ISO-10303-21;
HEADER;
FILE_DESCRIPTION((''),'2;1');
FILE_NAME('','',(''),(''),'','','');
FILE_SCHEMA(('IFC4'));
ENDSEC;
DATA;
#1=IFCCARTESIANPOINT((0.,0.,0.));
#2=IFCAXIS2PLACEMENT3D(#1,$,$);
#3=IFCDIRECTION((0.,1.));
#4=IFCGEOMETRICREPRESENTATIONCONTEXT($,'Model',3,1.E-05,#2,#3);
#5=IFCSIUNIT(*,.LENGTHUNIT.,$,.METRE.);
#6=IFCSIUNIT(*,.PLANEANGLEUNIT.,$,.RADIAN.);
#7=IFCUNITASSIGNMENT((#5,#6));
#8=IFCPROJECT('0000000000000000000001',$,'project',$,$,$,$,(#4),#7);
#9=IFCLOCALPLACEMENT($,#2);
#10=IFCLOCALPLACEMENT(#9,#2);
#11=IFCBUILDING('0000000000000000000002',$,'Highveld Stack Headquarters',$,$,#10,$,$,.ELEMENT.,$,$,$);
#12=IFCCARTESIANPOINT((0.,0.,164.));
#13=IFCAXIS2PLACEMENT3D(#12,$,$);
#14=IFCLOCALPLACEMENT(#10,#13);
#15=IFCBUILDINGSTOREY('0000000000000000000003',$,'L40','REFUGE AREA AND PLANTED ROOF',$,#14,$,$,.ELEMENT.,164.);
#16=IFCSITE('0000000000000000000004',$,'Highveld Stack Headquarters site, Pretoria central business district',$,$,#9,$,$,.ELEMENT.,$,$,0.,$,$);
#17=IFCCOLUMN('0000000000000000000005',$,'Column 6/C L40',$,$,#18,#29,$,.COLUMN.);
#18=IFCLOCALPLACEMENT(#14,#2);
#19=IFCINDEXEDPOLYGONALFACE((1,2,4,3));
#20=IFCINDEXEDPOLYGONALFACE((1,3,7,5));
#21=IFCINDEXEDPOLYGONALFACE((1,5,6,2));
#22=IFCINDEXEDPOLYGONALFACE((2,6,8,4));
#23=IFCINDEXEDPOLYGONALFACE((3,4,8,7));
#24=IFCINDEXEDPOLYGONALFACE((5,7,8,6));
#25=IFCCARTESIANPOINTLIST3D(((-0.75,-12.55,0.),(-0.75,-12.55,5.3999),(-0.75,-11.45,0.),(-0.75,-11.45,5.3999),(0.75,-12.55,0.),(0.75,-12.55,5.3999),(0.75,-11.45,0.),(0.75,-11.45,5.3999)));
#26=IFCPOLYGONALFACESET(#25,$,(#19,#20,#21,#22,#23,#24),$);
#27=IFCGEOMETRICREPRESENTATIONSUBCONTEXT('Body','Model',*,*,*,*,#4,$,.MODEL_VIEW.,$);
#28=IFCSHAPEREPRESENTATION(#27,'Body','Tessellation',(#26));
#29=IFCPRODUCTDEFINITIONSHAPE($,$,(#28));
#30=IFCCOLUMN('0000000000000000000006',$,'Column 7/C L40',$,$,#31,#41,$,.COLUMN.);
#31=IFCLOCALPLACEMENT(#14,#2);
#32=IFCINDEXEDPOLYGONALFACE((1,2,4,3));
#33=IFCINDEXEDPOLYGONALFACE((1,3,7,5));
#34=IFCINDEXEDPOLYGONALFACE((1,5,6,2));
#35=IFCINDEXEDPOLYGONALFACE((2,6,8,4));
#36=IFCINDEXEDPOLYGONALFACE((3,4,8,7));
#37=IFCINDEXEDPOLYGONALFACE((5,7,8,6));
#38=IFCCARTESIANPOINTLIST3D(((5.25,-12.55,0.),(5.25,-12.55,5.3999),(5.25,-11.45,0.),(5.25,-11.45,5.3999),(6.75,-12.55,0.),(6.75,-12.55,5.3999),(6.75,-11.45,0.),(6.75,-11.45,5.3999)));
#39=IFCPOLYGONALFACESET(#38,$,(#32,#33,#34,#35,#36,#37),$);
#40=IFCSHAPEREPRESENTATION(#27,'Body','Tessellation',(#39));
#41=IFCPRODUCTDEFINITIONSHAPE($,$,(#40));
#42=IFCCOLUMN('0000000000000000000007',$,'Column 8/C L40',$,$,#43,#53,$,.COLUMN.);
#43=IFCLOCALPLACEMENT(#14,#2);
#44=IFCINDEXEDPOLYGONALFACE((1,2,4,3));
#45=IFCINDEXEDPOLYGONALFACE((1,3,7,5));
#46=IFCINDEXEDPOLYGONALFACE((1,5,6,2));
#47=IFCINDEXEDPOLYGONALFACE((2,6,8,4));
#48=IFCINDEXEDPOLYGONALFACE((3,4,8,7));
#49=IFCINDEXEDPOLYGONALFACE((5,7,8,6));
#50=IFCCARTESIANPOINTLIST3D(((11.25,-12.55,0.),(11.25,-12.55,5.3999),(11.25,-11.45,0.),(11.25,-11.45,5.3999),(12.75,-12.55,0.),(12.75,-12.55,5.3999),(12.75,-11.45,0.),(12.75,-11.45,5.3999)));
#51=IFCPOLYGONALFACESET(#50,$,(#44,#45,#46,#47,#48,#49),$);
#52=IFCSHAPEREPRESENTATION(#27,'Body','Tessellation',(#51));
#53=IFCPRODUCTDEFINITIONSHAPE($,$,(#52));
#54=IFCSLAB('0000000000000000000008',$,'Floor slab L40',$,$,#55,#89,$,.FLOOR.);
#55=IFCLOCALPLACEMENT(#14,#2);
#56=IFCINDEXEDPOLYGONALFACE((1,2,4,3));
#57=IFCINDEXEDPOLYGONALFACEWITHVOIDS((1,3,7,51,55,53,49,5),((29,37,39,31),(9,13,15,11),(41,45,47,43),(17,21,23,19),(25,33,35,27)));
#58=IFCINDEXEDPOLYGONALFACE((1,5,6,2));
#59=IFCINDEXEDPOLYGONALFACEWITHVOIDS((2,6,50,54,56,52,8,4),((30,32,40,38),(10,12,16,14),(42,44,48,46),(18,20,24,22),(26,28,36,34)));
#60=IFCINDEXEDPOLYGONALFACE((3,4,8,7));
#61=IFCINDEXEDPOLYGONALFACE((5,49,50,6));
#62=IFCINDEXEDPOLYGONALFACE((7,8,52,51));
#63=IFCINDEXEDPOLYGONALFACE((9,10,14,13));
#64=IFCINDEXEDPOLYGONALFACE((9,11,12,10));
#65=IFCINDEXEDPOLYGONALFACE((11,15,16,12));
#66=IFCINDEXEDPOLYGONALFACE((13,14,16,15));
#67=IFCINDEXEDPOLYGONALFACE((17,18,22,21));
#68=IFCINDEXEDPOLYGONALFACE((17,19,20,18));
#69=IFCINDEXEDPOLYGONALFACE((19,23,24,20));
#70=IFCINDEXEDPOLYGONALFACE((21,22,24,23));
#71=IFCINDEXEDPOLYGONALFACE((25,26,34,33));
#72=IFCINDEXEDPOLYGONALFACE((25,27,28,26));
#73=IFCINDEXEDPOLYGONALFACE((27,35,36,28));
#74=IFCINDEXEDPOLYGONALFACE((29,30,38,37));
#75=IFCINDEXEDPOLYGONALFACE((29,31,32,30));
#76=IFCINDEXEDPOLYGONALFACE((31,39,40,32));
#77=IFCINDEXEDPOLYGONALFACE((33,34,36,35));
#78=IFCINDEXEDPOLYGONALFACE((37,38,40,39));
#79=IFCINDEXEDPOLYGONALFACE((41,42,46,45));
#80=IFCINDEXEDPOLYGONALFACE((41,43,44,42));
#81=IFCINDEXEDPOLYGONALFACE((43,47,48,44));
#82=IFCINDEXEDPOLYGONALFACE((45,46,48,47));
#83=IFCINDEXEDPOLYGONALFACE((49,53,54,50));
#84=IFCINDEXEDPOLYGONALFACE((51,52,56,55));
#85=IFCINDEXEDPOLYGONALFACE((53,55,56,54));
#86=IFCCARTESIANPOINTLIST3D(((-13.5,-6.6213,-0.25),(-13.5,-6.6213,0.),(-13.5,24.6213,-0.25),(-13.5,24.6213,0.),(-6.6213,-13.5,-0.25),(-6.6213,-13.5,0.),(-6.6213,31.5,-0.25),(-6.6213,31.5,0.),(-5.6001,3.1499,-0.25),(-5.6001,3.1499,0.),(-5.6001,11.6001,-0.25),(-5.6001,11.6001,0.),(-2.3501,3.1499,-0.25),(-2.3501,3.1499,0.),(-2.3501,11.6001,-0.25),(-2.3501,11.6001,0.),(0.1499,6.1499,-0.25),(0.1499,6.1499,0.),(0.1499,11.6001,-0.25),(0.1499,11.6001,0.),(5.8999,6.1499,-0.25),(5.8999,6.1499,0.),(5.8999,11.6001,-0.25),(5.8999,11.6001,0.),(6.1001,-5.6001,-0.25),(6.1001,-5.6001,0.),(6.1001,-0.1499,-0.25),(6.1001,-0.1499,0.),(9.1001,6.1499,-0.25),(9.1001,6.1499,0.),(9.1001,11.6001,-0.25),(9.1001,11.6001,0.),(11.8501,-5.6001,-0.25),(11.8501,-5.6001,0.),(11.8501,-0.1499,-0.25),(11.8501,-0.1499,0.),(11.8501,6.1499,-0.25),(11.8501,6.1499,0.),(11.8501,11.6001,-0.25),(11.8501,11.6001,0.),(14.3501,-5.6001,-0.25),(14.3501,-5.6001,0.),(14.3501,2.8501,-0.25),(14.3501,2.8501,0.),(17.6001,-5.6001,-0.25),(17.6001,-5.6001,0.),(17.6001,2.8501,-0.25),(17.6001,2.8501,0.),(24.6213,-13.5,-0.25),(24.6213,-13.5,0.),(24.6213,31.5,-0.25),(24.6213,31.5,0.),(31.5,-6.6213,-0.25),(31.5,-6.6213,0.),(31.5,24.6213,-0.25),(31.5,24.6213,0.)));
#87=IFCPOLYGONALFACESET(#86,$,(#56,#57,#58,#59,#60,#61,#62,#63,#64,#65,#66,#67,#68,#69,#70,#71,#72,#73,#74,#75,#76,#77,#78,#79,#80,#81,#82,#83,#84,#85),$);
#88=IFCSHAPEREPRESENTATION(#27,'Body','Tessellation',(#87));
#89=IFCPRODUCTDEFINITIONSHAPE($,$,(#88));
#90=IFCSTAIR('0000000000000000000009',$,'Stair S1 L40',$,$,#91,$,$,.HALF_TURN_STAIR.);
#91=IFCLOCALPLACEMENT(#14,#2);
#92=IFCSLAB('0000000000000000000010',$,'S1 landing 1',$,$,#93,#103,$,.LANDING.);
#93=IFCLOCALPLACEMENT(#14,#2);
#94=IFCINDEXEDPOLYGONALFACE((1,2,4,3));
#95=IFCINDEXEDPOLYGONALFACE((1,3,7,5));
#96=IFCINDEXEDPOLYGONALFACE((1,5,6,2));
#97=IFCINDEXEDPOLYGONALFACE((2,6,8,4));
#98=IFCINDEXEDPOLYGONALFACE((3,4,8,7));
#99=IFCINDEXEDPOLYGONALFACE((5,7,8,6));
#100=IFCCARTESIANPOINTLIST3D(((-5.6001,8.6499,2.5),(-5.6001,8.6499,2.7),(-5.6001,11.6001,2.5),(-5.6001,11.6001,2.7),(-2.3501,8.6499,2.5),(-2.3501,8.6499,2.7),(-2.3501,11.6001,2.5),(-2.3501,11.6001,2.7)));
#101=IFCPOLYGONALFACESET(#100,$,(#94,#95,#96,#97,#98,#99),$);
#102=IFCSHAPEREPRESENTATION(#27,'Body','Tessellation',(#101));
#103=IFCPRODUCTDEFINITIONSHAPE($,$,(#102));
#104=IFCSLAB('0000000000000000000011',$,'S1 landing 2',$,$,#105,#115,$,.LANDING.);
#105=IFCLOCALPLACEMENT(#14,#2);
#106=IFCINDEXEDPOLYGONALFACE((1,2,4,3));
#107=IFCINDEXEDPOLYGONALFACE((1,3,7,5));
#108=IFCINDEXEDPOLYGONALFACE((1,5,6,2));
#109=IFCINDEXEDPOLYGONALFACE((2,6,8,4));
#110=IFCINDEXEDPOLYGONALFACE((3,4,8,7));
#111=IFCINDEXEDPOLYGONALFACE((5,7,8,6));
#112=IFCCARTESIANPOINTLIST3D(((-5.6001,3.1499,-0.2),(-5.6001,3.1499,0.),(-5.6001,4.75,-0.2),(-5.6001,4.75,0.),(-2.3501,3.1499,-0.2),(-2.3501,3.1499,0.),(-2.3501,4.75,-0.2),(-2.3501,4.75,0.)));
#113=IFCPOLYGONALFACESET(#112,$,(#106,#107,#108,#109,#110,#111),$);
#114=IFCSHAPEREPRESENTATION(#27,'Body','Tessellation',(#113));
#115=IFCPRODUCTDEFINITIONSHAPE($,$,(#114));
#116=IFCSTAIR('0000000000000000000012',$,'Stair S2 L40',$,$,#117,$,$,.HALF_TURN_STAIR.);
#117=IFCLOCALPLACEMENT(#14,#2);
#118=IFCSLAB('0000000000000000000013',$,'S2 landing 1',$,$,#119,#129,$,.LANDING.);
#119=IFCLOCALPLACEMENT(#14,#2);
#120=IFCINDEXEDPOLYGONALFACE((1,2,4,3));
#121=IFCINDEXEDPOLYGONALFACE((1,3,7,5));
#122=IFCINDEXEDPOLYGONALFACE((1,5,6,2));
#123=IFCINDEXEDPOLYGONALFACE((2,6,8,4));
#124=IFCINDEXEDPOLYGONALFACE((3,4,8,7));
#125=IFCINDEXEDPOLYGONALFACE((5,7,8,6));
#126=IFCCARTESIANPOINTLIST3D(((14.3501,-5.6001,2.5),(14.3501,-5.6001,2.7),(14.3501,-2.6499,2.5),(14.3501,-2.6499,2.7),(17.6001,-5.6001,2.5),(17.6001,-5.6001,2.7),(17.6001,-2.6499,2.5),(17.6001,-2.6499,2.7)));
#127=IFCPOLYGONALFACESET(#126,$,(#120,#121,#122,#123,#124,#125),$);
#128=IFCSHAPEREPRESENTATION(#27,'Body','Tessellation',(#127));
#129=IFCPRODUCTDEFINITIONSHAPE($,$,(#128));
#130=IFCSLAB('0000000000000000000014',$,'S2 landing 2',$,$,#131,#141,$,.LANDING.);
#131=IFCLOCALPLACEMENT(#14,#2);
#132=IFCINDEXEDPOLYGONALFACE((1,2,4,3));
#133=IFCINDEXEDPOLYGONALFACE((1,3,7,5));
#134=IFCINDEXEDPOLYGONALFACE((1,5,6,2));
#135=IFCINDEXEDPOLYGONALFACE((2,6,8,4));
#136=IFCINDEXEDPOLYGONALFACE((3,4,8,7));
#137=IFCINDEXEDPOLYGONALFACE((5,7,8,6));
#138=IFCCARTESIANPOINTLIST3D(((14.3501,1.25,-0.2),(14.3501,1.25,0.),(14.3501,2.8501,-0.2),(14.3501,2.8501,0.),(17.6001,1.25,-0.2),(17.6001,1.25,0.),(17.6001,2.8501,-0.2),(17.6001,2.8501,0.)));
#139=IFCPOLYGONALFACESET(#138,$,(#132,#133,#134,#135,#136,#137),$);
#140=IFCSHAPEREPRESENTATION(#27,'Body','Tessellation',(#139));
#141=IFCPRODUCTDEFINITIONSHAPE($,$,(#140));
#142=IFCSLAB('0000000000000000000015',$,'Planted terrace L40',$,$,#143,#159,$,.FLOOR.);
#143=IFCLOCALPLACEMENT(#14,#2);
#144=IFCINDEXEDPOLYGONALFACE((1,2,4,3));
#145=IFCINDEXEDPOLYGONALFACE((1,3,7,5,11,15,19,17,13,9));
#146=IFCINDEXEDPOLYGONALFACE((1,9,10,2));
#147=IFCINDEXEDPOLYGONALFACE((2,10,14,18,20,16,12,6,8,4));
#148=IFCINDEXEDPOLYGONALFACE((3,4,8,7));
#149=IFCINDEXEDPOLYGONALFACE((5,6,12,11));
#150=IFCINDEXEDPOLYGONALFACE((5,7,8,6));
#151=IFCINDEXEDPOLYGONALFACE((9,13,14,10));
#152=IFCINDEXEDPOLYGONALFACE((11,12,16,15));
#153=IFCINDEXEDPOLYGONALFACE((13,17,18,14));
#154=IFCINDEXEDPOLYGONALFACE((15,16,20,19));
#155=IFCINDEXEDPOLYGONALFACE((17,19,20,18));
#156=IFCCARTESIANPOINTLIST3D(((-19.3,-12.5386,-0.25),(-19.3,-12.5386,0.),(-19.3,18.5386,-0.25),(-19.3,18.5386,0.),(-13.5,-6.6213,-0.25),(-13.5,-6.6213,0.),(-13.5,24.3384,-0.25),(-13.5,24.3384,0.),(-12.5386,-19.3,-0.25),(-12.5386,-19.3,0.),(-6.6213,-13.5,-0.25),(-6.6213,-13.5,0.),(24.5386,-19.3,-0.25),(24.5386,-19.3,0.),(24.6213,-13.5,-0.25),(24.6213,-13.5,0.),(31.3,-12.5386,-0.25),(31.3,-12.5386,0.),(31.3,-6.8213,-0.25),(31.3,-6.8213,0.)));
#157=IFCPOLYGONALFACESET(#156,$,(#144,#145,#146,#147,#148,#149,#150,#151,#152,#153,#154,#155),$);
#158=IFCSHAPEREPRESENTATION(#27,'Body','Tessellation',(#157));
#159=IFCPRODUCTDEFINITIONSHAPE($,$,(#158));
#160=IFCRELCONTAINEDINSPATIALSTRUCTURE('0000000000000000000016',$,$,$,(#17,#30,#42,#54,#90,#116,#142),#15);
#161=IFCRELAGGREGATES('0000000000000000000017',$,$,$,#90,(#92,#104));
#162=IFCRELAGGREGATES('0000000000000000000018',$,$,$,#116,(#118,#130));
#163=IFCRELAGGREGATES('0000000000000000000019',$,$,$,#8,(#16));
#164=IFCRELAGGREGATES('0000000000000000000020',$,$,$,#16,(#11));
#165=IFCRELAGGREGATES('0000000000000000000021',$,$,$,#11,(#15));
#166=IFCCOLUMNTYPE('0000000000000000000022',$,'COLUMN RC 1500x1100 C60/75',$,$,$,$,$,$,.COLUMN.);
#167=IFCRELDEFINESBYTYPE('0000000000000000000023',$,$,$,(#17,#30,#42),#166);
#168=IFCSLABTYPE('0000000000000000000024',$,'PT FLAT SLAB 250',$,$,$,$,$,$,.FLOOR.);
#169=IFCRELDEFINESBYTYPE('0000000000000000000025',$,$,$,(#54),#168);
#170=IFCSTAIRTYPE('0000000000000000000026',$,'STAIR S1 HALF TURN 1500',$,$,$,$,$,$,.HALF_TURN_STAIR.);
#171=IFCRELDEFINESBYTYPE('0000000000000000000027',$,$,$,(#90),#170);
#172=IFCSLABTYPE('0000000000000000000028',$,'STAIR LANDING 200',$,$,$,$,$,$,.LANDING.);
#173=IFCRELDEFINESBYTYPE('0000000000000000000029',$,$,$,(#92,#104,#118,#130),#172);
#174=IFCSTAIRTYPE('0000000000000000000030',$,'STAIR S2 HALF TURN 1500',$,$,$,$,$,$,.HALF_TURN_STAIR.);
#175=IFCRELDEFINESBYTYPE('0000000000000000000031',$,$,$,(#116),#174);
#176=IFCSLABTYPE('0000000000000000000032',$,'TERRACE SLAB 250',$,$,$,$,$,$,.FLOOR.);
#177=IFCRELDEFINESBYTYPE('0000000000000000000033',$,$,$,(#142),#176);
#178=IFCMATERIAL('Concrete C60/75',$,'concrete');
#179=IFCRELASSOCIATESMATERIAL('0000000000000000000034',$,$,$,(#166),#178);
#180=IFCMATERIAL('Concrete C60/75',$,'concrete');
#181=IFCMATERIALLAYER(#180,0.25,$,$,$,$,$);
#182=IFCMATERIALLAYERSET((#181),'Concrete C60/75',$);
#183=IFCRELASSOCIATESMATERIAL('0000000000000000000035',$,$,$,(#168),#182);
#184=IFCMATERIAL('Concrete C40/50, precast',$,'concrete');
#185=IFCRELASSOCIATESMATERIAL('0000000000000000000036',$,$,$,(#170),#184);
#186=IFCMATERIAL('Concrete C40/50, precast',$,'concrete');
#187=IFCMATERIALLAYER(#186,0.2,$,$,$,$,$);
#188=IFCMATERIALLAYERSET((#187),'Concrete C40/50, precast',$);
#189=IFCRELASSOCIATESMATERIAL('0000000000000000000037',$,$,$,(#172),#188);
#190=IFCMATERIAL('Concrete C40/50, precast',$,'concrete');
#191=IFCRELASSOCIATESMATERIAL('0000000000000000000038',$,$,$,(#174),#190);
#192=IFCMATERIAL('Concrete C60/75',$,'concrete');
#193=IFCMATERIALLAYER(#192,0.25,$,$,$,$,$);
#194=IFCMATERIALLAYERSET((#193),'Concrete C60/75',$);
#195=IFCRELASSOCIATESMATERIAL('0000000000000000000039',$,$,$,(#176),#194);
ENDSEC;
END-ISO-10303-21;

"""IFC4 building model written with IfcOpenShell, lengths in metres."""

from ifc_helpers import new_model, si_unit, direction, frame, origin, origin_2d, place, context, subcontext, project, spatial, polyline, rectangle, outline, extrude, material, layer, layer_set, material_profile, profile_set, type_object, element, aggregate, save


model = new_model("IFC4")

# Units and contexts
model_context = context("Model", 3, precision=1e-05, world=origin(), true_north=direction((0.0, 1.0)))
body_context = subcontext(model_context, "Body", "Model", "MODEL_VIEW")
ifc_project = project(units=[si_unit("LENGTHUNIT", "METRE"), si_unit("PLANEANGLEUNIT", "RADIAN")], contexts=[model_context])

# Site, building, storey
site_placement = place(None, origin())
site = spatial("IfcSite", under=ifc_project, at=site_placement, Name="Highveld Stack Headquarters site, Pretoria central business district", CompositionType="ELEMENT", RefElevation=0.0)
building_placement = place(site_placement, origin())
building = spatial("IfcBuilding", under=site, at=building_placement, Name="Highveld Stack Headquarters", CompositionType="ELEMENT")
storey_placement = place(building_placement, frame((0.0, 0.0, 164.0)))
storey = spatial("IfcBuildingStorey", under=building, at=storey_placement, Name="L40", Description="REFUGE AREA AND PLANTED ROOF", CompositionType="ELEMENT", Elevation=164.0)

# Columns
ifc_material_1 = material(Name="Concrete C60/75", Category="concrete")
ifc_material_profile = material_profile(ifc_material_1, rectangle(XDim=1.5, YDim=1.1001, at=origin_2d()), Name="RC 1500x1100")
ifc_profile_set = profile_set([ifc_material_profile], Name="Concrete C60/75")
column_type = type_object("IfcColumnType", Name="COLUMN RC 1500x1100 C60/75", PredefinedType="COLUMN", material=ifc_profile_set)
for number, where, z_axis, x_axis, name in (
    (1, (0.0, -12.0, 0.0), (0.0, 0.0, 1.0), (1.0, 0.0, 0.0), "Column 6/C L40"),
    (2, (6.0, -12.0, 0.0), (0.0, 0.0, 1.0), (1.0, 0.0, 0.0), "Column 7/C L40"),
    (3, (12.0, -12.0, 0.0), (0.0, 0.0, 1.0), (1.0, 0.0, 0.0), "Column 8/C L40"),
):
    element("IfcColumn", number, at=place(storey_placement, frame(where, z_axis=z_axis, x_axis=x_axis)), inside=storey, type_object=column_type, Name=name, PredefinedType="COLUMN", context=body_context, shape_type="SweptSolid", body=[
        extrude(rectangle(XDim=1.5, YDim=1.1001, at=origin_2d()), origin(), (0.0, 0.0, 1.0), 5.3999),
    ])

# Slab
ifc_material_2 = material(Name="Concrete C60/75", Category="concrete")
ifc_layer_1 = layer(ifc_material_2, 0.25)
ifc_layer_set_1 = layer_set([ifc_layer_1], Name="Concrete C60/75")
slab_type_1 = type_object("IfcSlabType", Name="PT FLAT SLAB 250", PredefinedType="FLOOR", material=ifc_layer_set_1)
slab_1_placement = place(storey_placement, frame((0.0, 0.0, -0.25)))
element("IfcSlab", 4, at=slab_1_placement, inside=storey, type_object=slab_type_1, Name="Floor slab L40", PredefinedType="FLOOR", context=body_context, shape_type="SweptSolid", body=[
    extrude(outline(polyline([(-6.6213, -13.5), (24.6213, -13.5), (31.5, -6.6213), (31.5, 24.6213), (24.6213, 31.5), (-6.6213, 31.5), (-13.5, 24.6213), (-13.5, -6.6213), (-6.6213, -13.5)]), holes=[polyline([(0.1499, 6.1499), (5.8999, 6.1499), (5.8999, 11.6001), (0.1499, 11.6001), (0.1499, 6.1499)]), polyline([(9.1001, 6.1499), (11.8501, 6.1499), (11.8501, 11.6001), (9.1001, 11.6001), (9.1001, 6.1499)]), polyline([(6.1001, -5.6001), (11.8501, -5.6001), (11.8501, -0.1499), (6.1001, -0.1499), (6.1001, -5.6001)]), polyline([(-5.6001, 3.1499), (-2.3501, 3.1499), (-2.3501, 11.6001), (-5.6001, 11.6001), (-5.6001, 3.1499)]), polyline([(14.3501, -5.6001), (17.6001, -5.6001), (17.6001, 2.8501), (14.3501, 2.8501), (14.3501, -5.6001)])]), origin(), (0.0, 0.0, 1.0), 0.25),
])

# Stairs, slabs
ifc_material_3 = material(Name="Concrete C40/50, precast", Category="concrete")
stair_type_1 = type_object("IfcStairType", Name="STAIR S1 HALF TURN 1500", PredefinedType="HALF_TURN_STAIR", material=ifc_material_3)
stair_1_placement = place(storey_placement, origin())
stair_1 = element("IfcStair", 5, at=stair_1_placement, inside=storey, type_object=stair_type_1, Name="Stair S1 L40", PredefinedType="HALF_TURN_STAIR")
ifc_material_4 = material(Name="Concrete C40/50, precast", Category="concrete")
ifc_layer_2 = layer(ifc_material_4, 0.2)
ifc_layer_set_2 = layer_set([ifc_layer_2], Name="Concrete C40/50, precast")
slab_type_2 = type_object("IfcSlabType", Name="STAIR LANDING 200", PredefinedType="LANDING", material=ifc_layer_set_2)
slab_2_placement = place(storey_placement, frame((0.0, 0.0, 2.5)))
slab_2 = element("IfcSlab", 6, at=slab_2_placement, type_object=slab_type_2, Name="S1 landing 1", PredefinedType="LANDING", context=body_context, shape_type="SweptSolid", body=[
    extrude(outline(polyline([(-5.6001, 8.6499), (-2.3501, 8.6499), (-2.3501, 11.6001), (-5.6001, 11.6001), (-5.6001, 8.6499)])), origin(), (0.0, 0.0, 1.0), 0.2),
])
slab_3_placement = place(storey_placement, frame((0.0, 0.0, -0.2)))
slab_3 = element("IfcSlab", 7, at=slab_3_placement, type_object=slab_type_2, Name="S1 landing 2", PredefinedType="LANDING", context=body_context, shape_type="SweptSolid", body=[
    extrude(outline(polyline([(-5.6001, 3.1499), (-2.3501, 3.1499), (-2.3501, 4.75), (-5.6001, 4.75), (-5.6001, 3.1499)])), origin(), (0.0, 0.0, 1.0), 0.2),
])
aggregate(stair_1, [slab_2, slab_3])
ifc_material_5 = material(Name="Concrete C40/50, precast", Category="concrete")
stair_type_2 = type_object("IfcStairType", Name="STAIR S2 HALF TURN 1500", PredefinedType="HALF_TURN_STAIR", material=ifc_material_5)
stair_2_placement = place(storey_placement, origin())
stair_2 = element("IfcStair", 8, at=stair_2_placement, inside=storey, type_object=stair_type_2, Name="Stair S2 L40", PredefinedType="HALF_TURN_STAIR")
slab_4_placement = place(storey_placement, frame((0.0, 0.0, 2.5)))
slab_4 = element("IfcSlab", 9, at=slab_4_placement, type_object=slab_type_2, Name="S2 landing 1", PredefinedType="LANDING", context=body_context, shape_type="SweptSolid", body=[
    extrude(outline(polyline([(14.3501, -5.6001), (17.6001, -5.6001), (17.6001, -2.6499), (14.3501, -2.6499), (14.3501, -5.6001)])), origin(), (0.0, 0.0, 1.0), 0.2),
])
slab_5_placement = place(storey_placement, frame((0.0, 0.0, -0.2)))
slab_5 = element("IfcSlab", 10, at=slab_5_placement, type_object=slab_type_2, Name="S2 landing 2", PredefinedType="LANDING", context=body_context, shape_type="SweptSolid", body=[
    extrude(outline(polyline([(14.3501, 1.25), (17.6001, 1.25), (17.6001, 2.8501), (14.3501, 2.8501), (14.3501, 1.25)])), origin(), (0.0, 0.0, 1.0), 0.2),
])
aggregate(stair_2, [slab_4, slab_5])

# Slab
ifc_material_6 = material(Name="Concrete C60/75", Category="concrete")
ifc_layer_3 = layer(ifc_material_6, 0.25)
ifc_layer_set_3 = layer_set([ifc_layer_3], Name="Concrete C60/75")
slab_type_3 = type_object("IfcSlabType", Name="TERRACE SLAB 250", PredefinedType="FLOOR", material=ifc_layer_set_3)
slab_6_placement = place(storey_placement, frame((0.0, 0.0, -0.25)))
element("IfcSlab", 11, at=slab_6_placement, inside=storey, type_object=slab_type_3, Name="Planted terrace L40", PredefinedType="FLOOR", context=body_context, shape_type="SweptSolid", body=[
    extrude(outline(polyline([(31.3, -12.5386), (24.5386, -19.3), (-12.5386, -19.3), (-19.3, -12.5386), (-19.3, 18.5386), (-13.5, 24.3384), (-13.5, -6.6213), (-6.6213, -13.5), (24.6213, -13.5), (31.3, -6.8213), (31.3, -12.5386)])), origin(), (0.0, 0.0, 1.0), 0.25),
])

save(model, "model.ifc")
